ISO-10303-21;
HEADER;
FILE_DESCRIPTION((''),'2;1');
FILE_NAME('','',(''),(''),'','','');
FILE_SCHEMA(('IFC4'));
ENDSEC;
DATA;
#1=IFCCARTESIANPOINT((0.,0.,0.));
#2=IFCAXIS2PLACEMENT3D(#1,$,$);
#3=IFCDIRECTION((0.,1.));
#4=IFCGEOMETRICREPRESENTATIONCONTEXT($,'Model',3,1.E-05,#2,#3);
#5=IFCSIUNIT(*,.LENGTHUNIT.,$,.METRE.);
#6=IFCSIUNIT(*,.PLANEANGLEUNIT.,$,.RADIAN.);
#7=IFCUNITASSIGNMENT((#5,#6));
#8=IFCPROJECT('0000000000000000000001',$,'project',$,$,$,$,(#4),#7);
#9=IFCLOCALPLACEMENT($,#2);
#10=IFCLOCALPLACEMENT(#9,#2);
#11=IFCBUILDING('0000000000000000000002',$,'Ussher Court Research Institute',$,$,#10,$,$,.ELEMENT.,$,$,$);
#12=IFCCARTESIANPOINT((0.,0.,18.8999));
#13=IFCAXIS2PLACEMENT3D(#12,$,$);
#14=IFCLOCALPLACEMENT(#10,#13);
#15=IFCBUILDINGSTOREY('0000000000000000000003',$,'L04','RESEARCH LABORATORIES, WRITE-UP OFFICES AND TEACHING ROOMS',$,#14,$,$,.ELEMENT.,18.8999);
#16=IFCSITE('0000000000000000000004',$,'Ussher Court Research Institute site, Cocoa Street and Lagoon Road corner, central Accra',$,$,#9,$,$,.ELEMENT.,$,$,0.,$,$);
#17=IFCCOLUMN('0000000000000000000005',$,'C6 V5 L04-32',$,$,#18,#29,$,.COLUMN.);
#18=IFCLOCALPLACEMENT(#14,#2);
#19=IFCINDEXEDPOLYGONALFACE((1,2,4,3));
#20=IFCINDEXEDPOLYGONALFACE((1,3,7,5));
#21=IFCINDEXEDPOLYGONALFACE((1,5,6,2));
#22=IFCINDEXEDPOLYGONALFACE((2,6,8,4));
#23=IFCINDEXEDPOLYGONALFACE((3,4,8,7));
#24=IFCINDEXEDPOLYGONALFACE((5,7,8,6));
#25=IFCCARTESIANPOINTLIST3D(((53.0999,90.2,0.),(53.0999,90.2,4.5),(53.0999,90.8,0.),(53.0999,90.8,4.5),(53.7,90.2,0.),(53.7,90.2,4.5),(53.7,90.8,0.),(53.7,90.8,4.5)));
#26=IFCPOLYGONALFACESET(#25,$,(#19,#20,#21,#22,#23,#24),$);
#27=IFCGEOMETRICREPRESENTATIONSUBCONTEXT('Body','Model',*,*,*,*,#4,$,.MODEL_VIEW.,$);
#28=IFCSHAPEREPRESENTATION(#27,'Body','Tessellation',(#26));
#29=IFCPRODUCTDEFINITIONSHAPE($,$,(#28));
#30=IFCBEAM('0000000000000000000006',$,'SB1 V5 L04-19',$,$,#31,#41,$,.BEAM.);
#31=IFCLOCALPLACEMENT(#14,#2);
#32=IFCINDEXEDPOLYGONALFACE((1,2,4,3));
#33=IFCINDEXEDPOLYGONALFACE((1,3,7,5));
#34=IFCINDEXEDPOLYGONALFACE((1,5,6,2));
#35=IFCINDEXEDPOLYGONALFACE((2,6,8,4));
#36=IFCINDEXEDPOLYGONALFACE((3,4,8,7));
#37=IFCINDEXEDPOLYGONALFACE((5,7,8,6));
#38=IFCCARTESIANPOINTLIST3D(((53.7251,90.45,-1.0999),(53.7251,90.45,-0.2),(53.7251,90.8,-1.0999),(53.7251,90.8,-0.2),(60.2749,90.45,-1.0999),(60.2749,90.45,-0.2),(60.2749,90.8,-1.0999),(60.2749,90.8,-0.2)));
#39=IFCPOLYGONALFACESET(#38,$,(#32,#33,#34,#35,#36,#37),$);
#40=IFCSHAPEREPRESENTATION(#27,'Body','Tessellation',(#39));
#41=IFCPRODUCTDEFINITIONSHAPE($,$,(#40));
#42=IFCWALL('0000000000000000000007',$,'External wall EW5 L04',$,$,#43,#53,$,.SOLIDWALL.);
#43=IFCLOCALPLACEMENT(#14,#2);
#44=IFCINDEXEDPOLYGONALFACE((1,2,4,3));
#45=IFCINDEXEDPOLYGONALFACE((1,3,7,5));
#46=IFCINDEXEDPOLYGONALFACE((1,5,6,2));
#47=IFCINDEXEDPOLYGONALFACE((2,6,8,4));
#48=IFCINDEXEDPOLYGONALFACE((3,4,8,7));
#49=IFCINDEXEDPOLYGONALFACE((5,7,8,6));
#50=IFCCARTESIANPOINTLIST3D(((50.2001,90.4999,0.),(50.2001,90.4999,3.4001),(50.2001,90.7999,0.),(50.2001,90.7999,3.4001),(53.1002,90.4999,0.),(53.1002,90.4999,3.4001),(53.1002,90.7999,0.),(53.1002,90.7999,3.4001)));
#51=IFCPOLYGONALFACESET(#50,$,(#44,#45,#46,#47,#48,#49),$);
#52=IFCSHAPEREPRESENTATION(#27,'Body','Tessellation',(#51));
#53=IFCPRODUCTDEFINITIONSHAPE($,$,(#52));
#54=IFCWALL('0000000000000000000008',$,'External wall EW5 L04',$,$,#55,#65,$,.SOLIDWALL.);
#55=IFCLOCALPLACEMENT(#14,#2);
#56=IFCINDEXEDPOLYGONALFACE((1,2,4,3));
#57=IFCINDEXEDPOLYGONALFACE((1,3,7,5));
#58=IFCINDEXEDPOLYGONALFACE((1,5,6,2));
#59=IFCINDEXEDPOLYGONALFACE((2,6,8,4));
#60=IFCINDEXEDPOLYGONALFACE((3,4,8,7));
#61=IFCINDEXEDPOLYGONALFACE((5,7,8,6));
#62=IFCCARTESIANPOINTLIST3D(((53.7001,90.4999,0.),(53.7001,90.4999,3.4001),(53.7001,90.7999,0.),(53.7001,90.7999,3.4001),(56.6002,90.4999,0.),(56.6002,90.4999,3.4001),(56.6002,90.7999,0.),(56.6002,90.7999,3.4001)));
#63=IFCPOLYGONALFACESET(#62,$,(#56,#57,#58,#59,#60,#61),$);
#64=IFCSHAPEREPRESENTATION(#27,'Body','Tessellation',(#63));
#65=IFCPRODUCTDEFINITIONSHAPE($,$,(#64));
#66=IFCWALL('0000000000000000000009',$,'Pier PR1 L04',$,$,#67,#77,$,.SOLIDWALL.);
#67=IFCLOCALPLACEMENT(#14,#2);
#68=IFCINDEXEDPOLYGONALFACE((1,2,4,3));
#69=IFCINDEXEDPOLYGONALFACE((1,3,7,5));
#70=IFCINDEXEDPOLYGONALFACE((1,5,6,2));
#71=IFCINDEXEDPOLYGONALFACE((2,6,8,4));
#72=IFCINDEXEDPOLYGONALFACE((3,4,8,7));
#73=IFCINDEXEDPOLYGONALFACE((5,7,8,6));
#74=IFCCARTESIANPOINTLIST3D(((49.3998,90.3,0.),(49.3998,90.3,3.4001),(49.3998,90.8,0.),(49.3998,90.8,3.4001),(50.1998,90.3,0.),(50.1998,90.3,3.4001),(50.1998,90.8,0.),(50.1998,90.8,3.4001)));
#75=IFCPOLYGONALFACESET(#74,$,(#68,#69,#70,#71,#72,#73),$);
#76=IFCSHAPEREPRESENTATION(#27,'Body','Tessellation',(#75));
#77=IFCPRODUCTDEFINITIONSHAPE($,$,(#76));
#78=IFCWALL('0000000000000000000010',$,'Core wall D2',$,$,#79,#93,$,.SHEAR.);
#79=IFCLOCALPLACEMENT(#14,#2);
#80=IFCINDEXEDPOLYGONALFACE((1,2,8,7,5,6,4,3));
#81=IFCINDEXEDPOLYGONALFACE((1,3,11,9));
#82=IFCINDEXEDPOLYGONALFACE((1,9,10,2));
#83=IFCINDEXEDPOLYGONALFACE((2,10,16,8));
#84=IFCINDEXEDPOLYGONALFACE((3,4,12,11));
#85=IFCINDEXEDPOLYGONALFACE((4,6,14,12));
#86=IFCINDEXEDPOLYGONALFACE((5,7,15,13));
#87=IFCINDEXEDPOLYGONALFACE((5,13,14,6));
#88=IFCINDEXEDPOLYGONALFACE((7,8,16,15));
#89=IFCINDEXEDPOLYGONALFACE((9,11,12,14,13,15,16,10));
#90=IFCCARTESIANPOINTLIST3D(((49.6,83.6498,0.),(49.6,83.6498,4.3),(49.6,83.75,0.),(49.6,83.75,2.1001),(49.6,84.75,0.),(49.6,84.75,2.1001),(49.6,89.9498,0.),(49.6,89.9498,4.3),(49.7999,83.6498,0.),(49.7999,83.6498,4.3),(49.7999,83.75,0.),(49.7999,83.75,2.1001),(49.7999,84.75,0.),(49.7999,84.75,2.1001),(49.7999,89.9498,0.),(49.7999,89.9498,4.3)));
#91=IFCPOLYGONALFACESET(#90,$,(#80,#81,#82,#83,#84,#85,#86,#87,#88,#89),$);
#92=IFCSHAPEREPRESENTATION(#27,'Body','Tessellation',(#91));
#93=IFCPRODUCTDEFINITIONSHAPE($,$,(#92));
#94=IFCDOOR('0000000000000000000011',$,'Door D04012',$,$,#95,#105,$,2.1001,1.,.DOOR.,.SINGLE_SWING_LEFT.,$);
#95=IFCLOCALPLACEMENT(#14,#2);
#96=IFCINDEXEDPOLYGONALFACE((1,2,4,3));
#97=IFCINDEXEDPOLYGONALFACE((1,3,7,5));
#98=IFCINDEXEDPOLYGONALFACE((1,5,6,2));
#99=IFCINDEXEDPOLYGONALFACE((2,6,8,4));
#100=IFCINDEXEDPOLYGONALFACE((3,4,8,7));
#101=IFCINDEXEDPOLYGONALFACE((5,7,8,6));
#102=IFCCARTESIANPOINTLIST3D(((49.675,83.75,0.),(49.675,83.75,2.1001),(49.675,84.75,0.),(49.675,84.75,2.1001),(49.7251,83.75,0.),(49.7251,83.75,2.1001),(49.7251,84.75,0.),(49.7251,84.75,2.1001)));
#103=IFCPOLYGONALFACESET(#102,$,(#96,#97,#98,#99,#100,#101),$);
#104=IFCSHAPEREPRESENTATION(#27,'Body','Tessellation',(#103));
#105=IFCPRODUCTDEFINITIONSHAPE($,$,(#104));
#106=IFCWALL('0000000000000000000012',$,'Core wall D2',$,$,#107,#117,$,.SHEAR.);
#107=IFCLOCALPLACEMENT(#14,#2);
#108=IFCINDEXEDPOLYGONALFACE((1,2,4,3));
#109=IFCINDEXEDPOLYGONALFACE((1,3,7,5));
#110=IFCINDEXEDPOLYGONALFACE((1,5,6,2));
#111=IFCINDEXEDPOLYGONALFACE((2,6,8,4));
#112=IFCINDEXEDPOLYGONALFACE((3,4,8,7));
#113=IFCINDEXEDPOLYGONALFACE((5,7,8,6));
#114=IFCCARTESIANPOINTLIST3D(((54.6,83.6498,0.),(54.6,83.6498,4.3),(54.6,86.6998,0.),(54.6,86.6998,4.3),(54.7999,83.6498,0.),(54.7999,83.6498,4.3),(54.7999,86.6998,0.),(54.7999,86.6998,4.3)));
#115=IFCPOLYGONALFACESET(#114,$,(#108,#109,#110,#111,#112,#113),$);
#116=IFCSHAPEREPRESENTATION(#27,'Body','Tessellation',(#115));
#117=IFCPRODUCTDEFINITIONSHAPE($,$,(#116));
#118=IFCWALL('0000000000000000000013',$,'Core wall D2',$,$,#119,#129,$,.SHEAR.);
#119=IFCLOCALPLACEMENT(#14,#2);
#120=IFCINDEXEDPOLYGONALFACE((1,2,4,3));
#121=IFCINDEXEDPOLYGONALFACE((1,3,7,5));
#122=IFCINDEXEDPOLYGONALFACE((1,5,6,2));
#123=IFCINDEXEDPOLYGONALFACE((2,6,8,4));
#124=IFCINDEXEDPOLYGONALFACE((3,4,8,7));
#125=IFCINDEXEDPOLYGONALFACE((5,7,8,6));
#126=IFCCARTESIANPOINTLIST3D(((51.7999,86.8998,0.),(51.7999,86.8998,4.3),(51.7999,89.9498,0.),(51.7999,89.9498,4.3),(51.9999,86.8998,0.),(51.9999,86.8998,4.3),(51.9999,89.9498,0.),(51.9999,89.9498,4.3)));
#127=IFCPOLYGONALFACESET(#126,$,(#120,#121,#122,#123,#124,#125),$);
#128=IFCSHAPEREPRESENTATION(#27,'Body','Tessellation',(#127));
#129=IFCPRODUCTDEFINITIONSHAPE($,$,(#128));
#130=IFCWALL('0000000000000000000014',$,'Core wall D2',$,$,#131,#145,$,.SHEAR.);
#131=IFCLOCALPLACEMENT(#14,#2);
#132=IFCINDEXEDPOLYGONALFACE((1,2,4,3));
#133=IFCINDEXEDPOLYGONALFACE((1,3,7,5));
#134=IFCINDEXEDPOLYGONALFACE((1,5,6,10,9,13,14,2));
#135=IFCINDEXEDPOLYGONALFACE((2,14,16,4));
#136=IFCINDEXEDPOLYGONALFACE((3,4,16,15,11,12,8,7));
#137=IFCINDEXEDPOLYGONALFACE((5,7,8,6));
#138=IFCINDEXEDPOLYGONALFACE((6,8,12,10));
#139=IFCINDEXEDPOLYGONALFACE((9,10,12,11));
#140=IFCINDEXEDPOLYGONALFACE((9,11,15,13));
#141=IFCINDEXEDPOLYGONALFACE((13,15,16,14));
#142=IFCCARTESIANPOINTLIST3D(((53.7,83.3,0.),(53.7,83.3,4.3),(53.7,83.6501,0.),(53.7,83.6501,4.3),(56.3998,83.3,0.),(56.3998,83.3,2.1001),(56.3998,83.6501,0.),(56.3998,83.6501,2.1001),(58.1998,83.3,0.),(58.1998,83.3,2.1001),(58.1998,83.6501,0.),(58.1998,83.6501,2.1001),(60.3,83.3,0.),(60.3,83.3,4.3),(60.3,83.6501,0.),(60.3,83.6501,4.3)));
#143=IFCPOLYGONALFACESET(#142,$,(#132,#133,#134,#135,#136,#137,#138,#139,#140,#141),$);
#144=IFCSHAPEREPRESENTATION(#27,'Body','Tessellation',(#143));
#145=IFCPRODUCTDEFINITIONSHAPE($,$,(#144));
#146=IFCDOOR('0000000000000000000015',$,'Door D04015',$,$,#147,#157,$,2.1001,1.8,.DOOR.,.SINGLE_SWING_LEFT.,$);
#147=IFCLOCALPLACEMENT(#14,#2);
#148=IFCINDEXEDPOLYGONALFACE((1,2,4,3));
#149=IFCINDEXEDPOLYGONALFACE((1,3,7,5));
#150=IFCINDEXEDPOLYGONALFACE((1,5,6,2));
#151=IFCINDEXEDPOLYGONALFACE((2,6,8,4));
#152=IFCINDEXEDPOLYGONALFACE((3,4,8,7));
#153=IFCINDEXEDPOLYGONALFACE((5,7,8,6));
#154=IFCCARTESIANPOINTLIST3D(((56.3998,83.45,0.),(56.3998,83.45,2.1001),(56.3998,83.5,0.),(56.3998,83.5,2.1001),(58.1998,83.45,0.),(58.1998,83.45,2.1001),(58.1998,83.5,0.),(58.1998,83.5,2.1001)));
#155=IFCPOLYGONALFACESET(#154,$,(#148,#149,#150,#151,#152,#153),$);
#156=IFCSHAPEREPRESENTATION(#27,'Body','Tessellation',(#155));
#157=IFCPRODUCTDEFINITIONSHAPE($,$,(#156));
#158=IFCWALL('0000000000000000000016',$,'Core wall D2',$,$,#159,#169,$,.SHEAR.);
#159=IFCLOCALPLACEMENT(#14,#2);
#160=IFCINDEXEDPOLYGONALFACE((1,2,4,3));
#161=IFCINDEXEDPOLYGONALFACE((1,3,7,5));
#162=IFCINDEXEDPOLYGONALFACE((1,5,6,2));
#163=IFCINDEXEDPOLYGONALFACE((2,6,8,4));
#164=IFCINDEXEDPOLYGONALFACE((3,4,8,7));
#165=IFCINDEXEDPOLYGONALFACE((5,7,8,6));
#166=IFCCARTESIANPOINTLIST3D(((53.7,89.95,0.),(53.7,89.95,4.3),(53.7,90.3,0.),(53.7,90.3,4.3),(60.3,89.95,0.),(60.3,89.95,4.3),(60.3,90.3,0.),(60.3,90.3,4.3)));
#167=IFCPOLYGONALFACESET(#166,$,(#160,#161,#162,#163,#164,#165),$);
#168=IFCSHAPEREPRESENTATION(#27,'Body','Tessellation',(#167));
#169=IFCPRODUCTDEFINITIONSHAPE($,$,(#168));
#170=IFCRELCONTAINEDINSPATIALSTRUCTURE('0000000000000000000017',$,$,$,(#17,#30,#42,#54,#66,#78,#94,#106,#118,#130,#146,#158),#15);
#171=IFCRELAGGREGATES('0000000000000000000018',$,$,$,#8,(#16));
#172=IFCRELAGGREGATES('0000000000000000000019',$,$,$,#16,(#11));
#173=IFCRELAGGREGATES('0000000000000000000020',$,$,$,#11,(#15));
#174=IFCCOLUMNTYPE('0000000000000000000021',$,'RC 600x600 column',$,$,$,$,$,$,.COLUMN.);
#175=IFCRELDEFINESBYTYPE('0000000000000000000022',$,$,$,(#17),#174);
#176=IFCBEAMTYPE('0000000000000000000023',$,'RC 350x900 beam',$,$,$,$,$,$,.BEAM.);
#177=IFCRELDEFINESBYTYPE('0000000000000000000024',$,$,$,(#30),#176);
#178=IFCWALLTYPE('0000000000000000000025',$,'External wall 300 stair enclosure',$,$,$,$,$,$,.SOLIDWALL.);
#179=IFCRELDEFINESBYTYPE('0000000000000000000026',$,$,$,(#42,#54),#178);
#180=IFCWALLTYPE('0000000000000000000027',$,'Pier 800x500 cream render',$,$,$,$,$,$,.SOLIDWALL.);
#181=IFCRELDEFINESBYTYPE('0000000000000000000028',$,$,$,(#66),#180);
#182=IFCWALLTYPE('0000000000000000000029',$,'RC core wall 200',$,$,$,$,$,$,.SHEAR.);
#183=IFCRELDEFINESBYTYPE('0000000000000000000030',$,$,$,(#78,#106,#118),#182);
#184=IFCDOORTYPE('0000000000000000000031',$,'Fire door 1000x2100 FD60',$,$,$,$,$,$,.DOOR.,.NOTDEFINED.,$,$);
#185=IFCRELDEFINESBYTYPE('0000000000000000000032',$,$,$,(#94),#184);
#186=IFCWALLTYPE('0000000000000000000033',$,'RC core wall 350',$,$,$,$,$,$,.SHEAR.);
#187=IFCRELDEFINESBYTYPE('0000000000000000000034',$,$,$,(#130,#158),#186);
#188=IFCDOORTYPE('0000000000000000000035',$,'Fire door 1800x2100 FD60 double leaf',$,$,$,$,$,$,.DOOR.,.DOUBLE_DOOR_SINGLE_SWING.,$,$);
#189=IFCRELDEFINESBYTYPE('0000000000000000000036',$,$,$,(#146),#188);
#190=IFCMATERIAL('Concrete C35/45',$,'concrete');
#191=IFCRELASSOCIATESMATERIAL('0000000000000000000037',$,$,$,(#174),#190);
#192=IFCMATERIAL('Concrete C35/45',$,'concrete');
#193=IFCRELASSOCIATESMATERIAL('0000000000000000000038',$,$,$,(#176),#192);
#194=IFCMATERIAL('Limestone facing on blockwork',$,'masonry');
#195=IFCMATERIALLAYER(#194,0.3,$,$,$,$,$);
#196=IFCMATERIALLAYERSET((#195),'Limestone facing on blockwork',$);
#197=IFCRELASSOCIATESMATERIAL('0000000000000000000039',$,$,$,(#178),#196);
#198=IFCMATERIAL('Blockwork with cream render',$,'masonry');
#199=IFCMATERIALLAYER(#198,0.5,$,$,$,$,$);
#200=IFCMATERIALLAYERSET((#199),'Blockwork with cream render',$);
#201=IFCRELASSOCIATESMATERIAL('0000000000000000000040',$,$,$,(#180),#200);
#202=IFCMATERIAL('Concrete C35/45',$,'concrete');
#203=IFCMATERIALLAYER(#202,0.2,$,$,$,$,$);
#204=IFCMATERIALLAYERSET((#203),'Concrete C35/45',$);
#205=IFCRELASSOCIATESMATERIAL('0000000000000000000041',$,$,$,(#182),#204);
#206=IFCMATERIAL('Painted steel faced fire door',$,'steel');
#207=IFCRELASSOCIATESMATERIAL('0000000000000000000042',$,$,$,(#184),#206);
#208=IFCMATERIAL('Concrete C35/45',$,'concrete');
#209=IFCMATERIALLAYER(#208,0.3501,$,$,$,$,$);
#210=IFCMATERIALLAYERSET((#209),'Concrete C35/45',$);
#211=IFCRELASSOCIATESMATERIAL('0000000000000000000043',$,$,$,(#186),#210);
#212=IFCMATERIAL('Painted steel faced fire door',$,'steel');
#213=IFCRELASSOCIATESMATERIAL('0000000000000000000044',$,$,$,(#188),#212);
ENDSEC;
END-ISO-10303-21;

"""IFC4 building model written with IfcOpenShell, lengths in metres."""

from ifc_helpers import new_model, si_unit, direction, frame, frame_2d, origin, origin_2d, place, context, subcontext, project, spatial, rectangle, extrude, material, layer, layer_set, material_profile, profile_set, type_object, element, fill, save


model = new_model("IFC4")

# Units and contexts
model_context = context("Model", 3, precision=1e-05, world=origin(), true_north=direction((0.0, 1.0)))
body_context = subcontext(model_context, "Body", "Model", "MODEL_VIEW")
ifc_project = project(units=[si_unit("LENGTHUNIT", "METRE"), si_unit("PLANEANGLEUNIT", "RADIAN")], contexts=[model_context])

# Site, building, storey
site_placement = place(None, origin())
site = spatial("IfcSite", under=ifc_project, at=site_placement, Name="Ussher Court Research Institute site, Cocoa Street and Lagoon Road corner, central Accra", CompositionType="ELEMENT", RefElevation=0.0)
building_placement = place(site_placement, origin())
building = spatial("IfcBuilding", under=site, at=building_placement, Name="Ussher Court Research Institute", CompositionType="ELEMENT")
storey_placement = place(building_placement, frame((0.0, 0.0, 18.8999)))
storey = spatial("IfcBuildingStorey", under=building, at=storey_placement, Name="L04", Description="RESEARCH LABORATORIES, WRITE-UP OFFICES AND TEACHING ROOMS", CompositionType="ELEMENT", Elevation=18.8999)

# Column
ifc_material_1 = material(Name="Concrete C35/45", Category="concrete")
ifc_material_profile_1 = material_profile(ifc_material_1, rectangle(XDim=0.6001, YDim=0.6001, at=origin_2d()), Name="RC 600x600")
ifc_profile_set_1 = profile_set([ifc_material_profile_1], Name="Concrete C35/45")
column_type = type_object("IfcColumnType", Name="RC 600x600 column", PredefinedType="COLUMN", material=ifc_profile_set_1)
column_placement = place(storey_placement, frame((53.3999, 90.5, 0.0), z_axis=(0.0, 0.0, 1.0), x_axis=(1.0, 0.0, 0.0)))
element("IfcColumn", 1, at=column_placement, inside=storey, type_object=column_type, Name="C6 V5 L04-32", PredefinedType="COLUMN", context=body_context, shape_type="SweptSolid", body=[
    extrude(rectangle(XDim=0.6001, YDim=0.6001, at=origin_2d()), origin(), (0.0, 0.0, 1.0), 4.5),
])

# Beam
ifc_material_2 = material(Name="Concrete C35/45", Category="concrete")
ifc_material_profile_2 = material_profile(ifc_material_2, rectangle(XDim=0.3501, YDim=0.8999, at=origin_2d()), Name="RC 350x900")
ifc_profile_set_2 = profile_set([ifc_material_profile_2], Name="Concrete C35/45")
beam_type = type_object("IfcBeamType", Name="RC 350x900 beam", PredefinedType="BEAM", material=ifc_profile_set_2)
beam_placement = place(storey_placement, frame((53.7251, 90.625, -0.6499), z_axis=(1.0, 0.0, 0.0), x_axis=(0.0, 1.0, 0.0)))
element("IfcBeam", 2, at=beam_placement, inside=storey, type_object=beam_type, Name="SB1 V5 L04-19", PredefinedType="BEAM", context=body_context, shape_type="SweptSolid", body=[
    extrude(rectangle(XDim=0.3501, YDim=0.8999, at=origin_2d()), origin(), (0.0, 0.0, 1.0), 6.5498),
])

# Walls
ifc_material_3 = material(Name="Limestone facing on blockwork", Category="masonry")
ifc_layer_1 = layer(ifc_material_3, 0.3)
ifc_layer_set_1 = layer_set([ifc_layer_1], Name="Limestone facing on blockwork")
wall_type_1 = type_object("IfcWallType", Name="External wall 300 stair enclosure", PredefinedType="SOLIDWALL", material=ifc_layer_set_1)
for number, where, z_axis, x_axis, name in (
    (3, (50.2, 90.6499, 0.0), (0.0, 0.0, 1.0), (1.0, 0.0, 0.0), "External wall EW5 L04"),
    (4, (53.7, 90.6499, 0.0), (0.0, 0.0, 1.0), (1.0, 0.0, 0.0), "External wall EW5 L04"),
):
    element("IfcWall", number, at=place(storey_placement, frame(where, z_axis=z_axis, x_axis=x_axis)), inside=storey, type_object=wall_type_1, Name=name, PredefinedType="SOLIDWALL", context=body_context, shape_type="SweptSolid", body=[
        extrude(rectangle(XDim=2.9001, YDim=0.3, at=frame_2d((1.4502, 0.0))), origin(), (0.0, 0.0, 1.0), 3.4001),
    ])
ifc_material_4 = material(Name="Blockwork with cream render", Category="masonry")
ifc_layer_2 = layer(ifc_material_4, 0.5)
ifc_layer_set_2 = layer_set([ifc_layer_2], Name="Blockwork with cream render")
wall_type_2 = type_object("IfcWallType", Name="Pier 800x500 cream render", PredefinedType="SOLIDWALL", material=ifc_layer_set_2)
wall_1_placement = place(storey_placement, frame((49.3999, 90.55, 0.0), z_axis=(0.0, 0.0, 1.0), x_axis=(1.0, 0.0, 0.0)))
element("IfcWall", 5, at=wall_1_placement, inside=storey, type_object=wall_type_2, Name="Pier PR1 L04", PredefinedType="SOLIDWALL", context=body_context, shape_type="SweptSolid", body=[
    extrude(rectangle(XDim=0.8, YDim=0.5, at=frame_2d((0.3999, 0.0))), origin(), (0.0, 0.0, 1.0), 3.4001),
])

# Wall, opening, door
ifc_material_5 = material(Name="Concrete C35/45", Category="concrete")
ifc_layer_3 = layer(ifc_material_5, 0.2)
ifc_layer_set_3 = layer_set([ifc_layer_3], Name="Concrete C35/45")
wall_type_3 = type_object("IfcWallType", Name="RC core wall 200", PredefinedType="SHEAR", material=ifc_layer_set_3)
wall_2_placement = place(storey_placement, frame((49.7, 83.6499, 0.0), z_axis=(0.0, 0.0, 1.0), x_axis=(0.0, 1.0, 0.0)))
wall_2 = element("IfcWall", 6, at=wall_2_placement, inside=storey, type_object=wall_type_3, Name="Core wall D2", PredefinedType="SHEAR", context=body_context, shape_type="SweptSolid", body=[
    extrude(rectangle(XDim=6.3, YDim=0.2, at=frame_2d((3.1499, 0.0))), origin(), (0.0, 0.0, 1.0), 4.3),
])
opening_1_placement = place(wall_2_placement, frame((0.1001, 0.0, 0.0)))
opening_1 = element("IfcOpeningElement", 7, at=opening_1_placement, cuts=wall_2, PredefinedType="OPENING", context=body_context, shape_type="SweptSolid", body=[
    extrude(rectangle(XDim=1.0, YDim=2.1001, at=frame_2d((0.5, 1.05))), frame((0.0, 0.1099, 0.0), z_axis=(0.0, -1.0, 0.0), x_axis=(1.0, 0.0, 0.0)), (0.0, 0.0, 1.0), 0.22),
])
ifc_material_6 = material(Name="Painted steel faced fire door", Category="steel")
door_type_1 = type_object("IfcDoorType", Name="Fire door 1000x2100 FD60", OperationType="NOTDEFINED", PredefinedType="DOOR", material=ifc_material_6)
door_1_placement = place(opening_1_placement, origin())
door_1 = element("IfcDoor", 8, at=door_1_placement, inside=storey, type_object=door_type_1, Name="Door D04012", OperationType="SINGLE_SWING_LEFT", OverallHeight=2.1001, OverallWidth=1.0, PredefinedType="DOOR", context=body_context, shape_type="SweptSolid", body=[
    extrude(rectangle(XDim=1.0, YDim=2.1001, at=frame_2d((0.5, 1.05))), frame((0.0, 0.0249, 0.0), z_axis=(0.0, -1.0, 0.0), x_axis=(1.0, 0.0, 0.0)), (0.0, 0.0, 1.0), 0.05),
])
fill(opening_1, door_1)

# Walls
for number, where, z_axis, x_axis, name in (
    (9, (54.7, 83.6499, 0.0), (0.0, 0.0, 1.0), (0.0, 1.0, 0.0), "Core wall D2"),
    (10, (51.8999, 86.8999, 0.0), (0.0, 0.0, 1.0), (0.0, 1.0, 0.0), "Core wall D2"),
):
    element("IfcWall", number, at=place(storey_placement, frame(where, z_axis=z_axis, x_axis=x_axis)), inside=storey, type_object=wall_type_3, Name=name, PredefinedType="SHEAR", context=body_context, shape_type="SweptSolid", body=[
        extrude(rectangle(XDim=3.05, YDim=0.2, at=frame_2d((1.5249, 0.0))), origin(), (0.0, 0.0, 1.0), 4.3),
    ])

# Wall, opening, door
ifc_material_7 = material(Name="Concrete C35/45", Category="concrete")
ifc_layer_4 = layer(ifc_material_7, 0.3501)
ifc_layer_set_4 = layer_set([ifc_layer_4], Name="Concrete C35/45")
wall_type_4 = type_object("IfcWallType", Name="RC core wall 350", PredefinedType="SHEAR", material=ifc_layer_set_4)
wall_3_placement = place(storey_placement, frame((53.7, 83.4751, 0.0), z_axis=(0.0, 0.0, 1.0), x_axis=(1.0, 0.0, 0.0)))
wall_3 = element("IfcWall", 11, at=wall_3_placement, inside=storey, type_object=wall_type_4, Name="Core wall D2", PredefinedType="SHEAR", context=body_context, shape_type="SweptSolid", body=[
    extrude(rectangle(XDim=6.6001, YDim=0.3501, at=frame_2d((3.3, 0.0))), origin(), (0.0, 0.0, 1.0), 4.3),
])
opening_2_placement = place(wall_3_placement, frame((2.7, 0.0, 0.0)))
opening_2 = element("IfcOpeningElement", 12, at=opening_2_placement, cuts=wall_3, PredefinedType="OPENING", context=body_context, shape_type="SweptSolid", body=[
    extrude(rectangle(XDim=1.8, YDim=2.1001, at=frame_2d((0.8999, 1.05))), frame((0.0, 0.1851, 0.0), z_axis=(0.0, -1.0, 0.0), x_axis=(1.0, 0.0, 0.0)), (0.0, 0.0, 1.0), 0.3701),
])
ifc_material_8 = material(Name="Painted steel faced fire door", Category="steel")
door_type_2 = type_object("IfcDoorType", Name="Fire door 1800x2100 FD60 double leaf", OperationType="DOUBLE_DOOR_SINGLE_SWING", PredefinedType="DOOR", material=ifc_material_8)
door_2_placement = place(opening_2_placement, origin())
door_2 = element("IfcDoor", 13, at=door_2_placement, inside=storey, type_object=door_type_2, Name="Door D04015", OperationType="SINGLE_SWING_LEFT", OverallHeight=2.1001, OverallWidth=1.8, PredefinedType="DOOR", context=body_context, shape_type="SweptSolid", body=[
    extrude(rectangle(XDim=1.8, YDim=2.1001, at=frame_2d((0.8999, 1.05))), frame((0.0, 0.0249, 0.0), z_axis=(0.0, -1.0, 0.0), x_axis=(1.0, 0.0, 0.0)), (0.0, 0.0, 1.0), 0.05),
])
fill(opening_2, door_2)

# Wall
wall_4_placement = place(storey_placement, frame((53.7, 90.125, 0.0), z_axis=(0.0, 0.0, 1.0), x_axis=(1.0, 0.0, 0.0)))
element("IfcWall", 14, at=wall_4_placement, inside=storey, type_object=wall_type_4, Name="Core wall D2", PredefinedType="SHEAR", context=body_context, shape_type="SweptSolid", body=[
    extrude(rectangle(XDim=6.6001, YDim=0.3501, at=frame_2d((3.3, 0.0))), origin(), (0.0, 0.0, 1.0), 4.3),
])

save(model, "model.ifc")
